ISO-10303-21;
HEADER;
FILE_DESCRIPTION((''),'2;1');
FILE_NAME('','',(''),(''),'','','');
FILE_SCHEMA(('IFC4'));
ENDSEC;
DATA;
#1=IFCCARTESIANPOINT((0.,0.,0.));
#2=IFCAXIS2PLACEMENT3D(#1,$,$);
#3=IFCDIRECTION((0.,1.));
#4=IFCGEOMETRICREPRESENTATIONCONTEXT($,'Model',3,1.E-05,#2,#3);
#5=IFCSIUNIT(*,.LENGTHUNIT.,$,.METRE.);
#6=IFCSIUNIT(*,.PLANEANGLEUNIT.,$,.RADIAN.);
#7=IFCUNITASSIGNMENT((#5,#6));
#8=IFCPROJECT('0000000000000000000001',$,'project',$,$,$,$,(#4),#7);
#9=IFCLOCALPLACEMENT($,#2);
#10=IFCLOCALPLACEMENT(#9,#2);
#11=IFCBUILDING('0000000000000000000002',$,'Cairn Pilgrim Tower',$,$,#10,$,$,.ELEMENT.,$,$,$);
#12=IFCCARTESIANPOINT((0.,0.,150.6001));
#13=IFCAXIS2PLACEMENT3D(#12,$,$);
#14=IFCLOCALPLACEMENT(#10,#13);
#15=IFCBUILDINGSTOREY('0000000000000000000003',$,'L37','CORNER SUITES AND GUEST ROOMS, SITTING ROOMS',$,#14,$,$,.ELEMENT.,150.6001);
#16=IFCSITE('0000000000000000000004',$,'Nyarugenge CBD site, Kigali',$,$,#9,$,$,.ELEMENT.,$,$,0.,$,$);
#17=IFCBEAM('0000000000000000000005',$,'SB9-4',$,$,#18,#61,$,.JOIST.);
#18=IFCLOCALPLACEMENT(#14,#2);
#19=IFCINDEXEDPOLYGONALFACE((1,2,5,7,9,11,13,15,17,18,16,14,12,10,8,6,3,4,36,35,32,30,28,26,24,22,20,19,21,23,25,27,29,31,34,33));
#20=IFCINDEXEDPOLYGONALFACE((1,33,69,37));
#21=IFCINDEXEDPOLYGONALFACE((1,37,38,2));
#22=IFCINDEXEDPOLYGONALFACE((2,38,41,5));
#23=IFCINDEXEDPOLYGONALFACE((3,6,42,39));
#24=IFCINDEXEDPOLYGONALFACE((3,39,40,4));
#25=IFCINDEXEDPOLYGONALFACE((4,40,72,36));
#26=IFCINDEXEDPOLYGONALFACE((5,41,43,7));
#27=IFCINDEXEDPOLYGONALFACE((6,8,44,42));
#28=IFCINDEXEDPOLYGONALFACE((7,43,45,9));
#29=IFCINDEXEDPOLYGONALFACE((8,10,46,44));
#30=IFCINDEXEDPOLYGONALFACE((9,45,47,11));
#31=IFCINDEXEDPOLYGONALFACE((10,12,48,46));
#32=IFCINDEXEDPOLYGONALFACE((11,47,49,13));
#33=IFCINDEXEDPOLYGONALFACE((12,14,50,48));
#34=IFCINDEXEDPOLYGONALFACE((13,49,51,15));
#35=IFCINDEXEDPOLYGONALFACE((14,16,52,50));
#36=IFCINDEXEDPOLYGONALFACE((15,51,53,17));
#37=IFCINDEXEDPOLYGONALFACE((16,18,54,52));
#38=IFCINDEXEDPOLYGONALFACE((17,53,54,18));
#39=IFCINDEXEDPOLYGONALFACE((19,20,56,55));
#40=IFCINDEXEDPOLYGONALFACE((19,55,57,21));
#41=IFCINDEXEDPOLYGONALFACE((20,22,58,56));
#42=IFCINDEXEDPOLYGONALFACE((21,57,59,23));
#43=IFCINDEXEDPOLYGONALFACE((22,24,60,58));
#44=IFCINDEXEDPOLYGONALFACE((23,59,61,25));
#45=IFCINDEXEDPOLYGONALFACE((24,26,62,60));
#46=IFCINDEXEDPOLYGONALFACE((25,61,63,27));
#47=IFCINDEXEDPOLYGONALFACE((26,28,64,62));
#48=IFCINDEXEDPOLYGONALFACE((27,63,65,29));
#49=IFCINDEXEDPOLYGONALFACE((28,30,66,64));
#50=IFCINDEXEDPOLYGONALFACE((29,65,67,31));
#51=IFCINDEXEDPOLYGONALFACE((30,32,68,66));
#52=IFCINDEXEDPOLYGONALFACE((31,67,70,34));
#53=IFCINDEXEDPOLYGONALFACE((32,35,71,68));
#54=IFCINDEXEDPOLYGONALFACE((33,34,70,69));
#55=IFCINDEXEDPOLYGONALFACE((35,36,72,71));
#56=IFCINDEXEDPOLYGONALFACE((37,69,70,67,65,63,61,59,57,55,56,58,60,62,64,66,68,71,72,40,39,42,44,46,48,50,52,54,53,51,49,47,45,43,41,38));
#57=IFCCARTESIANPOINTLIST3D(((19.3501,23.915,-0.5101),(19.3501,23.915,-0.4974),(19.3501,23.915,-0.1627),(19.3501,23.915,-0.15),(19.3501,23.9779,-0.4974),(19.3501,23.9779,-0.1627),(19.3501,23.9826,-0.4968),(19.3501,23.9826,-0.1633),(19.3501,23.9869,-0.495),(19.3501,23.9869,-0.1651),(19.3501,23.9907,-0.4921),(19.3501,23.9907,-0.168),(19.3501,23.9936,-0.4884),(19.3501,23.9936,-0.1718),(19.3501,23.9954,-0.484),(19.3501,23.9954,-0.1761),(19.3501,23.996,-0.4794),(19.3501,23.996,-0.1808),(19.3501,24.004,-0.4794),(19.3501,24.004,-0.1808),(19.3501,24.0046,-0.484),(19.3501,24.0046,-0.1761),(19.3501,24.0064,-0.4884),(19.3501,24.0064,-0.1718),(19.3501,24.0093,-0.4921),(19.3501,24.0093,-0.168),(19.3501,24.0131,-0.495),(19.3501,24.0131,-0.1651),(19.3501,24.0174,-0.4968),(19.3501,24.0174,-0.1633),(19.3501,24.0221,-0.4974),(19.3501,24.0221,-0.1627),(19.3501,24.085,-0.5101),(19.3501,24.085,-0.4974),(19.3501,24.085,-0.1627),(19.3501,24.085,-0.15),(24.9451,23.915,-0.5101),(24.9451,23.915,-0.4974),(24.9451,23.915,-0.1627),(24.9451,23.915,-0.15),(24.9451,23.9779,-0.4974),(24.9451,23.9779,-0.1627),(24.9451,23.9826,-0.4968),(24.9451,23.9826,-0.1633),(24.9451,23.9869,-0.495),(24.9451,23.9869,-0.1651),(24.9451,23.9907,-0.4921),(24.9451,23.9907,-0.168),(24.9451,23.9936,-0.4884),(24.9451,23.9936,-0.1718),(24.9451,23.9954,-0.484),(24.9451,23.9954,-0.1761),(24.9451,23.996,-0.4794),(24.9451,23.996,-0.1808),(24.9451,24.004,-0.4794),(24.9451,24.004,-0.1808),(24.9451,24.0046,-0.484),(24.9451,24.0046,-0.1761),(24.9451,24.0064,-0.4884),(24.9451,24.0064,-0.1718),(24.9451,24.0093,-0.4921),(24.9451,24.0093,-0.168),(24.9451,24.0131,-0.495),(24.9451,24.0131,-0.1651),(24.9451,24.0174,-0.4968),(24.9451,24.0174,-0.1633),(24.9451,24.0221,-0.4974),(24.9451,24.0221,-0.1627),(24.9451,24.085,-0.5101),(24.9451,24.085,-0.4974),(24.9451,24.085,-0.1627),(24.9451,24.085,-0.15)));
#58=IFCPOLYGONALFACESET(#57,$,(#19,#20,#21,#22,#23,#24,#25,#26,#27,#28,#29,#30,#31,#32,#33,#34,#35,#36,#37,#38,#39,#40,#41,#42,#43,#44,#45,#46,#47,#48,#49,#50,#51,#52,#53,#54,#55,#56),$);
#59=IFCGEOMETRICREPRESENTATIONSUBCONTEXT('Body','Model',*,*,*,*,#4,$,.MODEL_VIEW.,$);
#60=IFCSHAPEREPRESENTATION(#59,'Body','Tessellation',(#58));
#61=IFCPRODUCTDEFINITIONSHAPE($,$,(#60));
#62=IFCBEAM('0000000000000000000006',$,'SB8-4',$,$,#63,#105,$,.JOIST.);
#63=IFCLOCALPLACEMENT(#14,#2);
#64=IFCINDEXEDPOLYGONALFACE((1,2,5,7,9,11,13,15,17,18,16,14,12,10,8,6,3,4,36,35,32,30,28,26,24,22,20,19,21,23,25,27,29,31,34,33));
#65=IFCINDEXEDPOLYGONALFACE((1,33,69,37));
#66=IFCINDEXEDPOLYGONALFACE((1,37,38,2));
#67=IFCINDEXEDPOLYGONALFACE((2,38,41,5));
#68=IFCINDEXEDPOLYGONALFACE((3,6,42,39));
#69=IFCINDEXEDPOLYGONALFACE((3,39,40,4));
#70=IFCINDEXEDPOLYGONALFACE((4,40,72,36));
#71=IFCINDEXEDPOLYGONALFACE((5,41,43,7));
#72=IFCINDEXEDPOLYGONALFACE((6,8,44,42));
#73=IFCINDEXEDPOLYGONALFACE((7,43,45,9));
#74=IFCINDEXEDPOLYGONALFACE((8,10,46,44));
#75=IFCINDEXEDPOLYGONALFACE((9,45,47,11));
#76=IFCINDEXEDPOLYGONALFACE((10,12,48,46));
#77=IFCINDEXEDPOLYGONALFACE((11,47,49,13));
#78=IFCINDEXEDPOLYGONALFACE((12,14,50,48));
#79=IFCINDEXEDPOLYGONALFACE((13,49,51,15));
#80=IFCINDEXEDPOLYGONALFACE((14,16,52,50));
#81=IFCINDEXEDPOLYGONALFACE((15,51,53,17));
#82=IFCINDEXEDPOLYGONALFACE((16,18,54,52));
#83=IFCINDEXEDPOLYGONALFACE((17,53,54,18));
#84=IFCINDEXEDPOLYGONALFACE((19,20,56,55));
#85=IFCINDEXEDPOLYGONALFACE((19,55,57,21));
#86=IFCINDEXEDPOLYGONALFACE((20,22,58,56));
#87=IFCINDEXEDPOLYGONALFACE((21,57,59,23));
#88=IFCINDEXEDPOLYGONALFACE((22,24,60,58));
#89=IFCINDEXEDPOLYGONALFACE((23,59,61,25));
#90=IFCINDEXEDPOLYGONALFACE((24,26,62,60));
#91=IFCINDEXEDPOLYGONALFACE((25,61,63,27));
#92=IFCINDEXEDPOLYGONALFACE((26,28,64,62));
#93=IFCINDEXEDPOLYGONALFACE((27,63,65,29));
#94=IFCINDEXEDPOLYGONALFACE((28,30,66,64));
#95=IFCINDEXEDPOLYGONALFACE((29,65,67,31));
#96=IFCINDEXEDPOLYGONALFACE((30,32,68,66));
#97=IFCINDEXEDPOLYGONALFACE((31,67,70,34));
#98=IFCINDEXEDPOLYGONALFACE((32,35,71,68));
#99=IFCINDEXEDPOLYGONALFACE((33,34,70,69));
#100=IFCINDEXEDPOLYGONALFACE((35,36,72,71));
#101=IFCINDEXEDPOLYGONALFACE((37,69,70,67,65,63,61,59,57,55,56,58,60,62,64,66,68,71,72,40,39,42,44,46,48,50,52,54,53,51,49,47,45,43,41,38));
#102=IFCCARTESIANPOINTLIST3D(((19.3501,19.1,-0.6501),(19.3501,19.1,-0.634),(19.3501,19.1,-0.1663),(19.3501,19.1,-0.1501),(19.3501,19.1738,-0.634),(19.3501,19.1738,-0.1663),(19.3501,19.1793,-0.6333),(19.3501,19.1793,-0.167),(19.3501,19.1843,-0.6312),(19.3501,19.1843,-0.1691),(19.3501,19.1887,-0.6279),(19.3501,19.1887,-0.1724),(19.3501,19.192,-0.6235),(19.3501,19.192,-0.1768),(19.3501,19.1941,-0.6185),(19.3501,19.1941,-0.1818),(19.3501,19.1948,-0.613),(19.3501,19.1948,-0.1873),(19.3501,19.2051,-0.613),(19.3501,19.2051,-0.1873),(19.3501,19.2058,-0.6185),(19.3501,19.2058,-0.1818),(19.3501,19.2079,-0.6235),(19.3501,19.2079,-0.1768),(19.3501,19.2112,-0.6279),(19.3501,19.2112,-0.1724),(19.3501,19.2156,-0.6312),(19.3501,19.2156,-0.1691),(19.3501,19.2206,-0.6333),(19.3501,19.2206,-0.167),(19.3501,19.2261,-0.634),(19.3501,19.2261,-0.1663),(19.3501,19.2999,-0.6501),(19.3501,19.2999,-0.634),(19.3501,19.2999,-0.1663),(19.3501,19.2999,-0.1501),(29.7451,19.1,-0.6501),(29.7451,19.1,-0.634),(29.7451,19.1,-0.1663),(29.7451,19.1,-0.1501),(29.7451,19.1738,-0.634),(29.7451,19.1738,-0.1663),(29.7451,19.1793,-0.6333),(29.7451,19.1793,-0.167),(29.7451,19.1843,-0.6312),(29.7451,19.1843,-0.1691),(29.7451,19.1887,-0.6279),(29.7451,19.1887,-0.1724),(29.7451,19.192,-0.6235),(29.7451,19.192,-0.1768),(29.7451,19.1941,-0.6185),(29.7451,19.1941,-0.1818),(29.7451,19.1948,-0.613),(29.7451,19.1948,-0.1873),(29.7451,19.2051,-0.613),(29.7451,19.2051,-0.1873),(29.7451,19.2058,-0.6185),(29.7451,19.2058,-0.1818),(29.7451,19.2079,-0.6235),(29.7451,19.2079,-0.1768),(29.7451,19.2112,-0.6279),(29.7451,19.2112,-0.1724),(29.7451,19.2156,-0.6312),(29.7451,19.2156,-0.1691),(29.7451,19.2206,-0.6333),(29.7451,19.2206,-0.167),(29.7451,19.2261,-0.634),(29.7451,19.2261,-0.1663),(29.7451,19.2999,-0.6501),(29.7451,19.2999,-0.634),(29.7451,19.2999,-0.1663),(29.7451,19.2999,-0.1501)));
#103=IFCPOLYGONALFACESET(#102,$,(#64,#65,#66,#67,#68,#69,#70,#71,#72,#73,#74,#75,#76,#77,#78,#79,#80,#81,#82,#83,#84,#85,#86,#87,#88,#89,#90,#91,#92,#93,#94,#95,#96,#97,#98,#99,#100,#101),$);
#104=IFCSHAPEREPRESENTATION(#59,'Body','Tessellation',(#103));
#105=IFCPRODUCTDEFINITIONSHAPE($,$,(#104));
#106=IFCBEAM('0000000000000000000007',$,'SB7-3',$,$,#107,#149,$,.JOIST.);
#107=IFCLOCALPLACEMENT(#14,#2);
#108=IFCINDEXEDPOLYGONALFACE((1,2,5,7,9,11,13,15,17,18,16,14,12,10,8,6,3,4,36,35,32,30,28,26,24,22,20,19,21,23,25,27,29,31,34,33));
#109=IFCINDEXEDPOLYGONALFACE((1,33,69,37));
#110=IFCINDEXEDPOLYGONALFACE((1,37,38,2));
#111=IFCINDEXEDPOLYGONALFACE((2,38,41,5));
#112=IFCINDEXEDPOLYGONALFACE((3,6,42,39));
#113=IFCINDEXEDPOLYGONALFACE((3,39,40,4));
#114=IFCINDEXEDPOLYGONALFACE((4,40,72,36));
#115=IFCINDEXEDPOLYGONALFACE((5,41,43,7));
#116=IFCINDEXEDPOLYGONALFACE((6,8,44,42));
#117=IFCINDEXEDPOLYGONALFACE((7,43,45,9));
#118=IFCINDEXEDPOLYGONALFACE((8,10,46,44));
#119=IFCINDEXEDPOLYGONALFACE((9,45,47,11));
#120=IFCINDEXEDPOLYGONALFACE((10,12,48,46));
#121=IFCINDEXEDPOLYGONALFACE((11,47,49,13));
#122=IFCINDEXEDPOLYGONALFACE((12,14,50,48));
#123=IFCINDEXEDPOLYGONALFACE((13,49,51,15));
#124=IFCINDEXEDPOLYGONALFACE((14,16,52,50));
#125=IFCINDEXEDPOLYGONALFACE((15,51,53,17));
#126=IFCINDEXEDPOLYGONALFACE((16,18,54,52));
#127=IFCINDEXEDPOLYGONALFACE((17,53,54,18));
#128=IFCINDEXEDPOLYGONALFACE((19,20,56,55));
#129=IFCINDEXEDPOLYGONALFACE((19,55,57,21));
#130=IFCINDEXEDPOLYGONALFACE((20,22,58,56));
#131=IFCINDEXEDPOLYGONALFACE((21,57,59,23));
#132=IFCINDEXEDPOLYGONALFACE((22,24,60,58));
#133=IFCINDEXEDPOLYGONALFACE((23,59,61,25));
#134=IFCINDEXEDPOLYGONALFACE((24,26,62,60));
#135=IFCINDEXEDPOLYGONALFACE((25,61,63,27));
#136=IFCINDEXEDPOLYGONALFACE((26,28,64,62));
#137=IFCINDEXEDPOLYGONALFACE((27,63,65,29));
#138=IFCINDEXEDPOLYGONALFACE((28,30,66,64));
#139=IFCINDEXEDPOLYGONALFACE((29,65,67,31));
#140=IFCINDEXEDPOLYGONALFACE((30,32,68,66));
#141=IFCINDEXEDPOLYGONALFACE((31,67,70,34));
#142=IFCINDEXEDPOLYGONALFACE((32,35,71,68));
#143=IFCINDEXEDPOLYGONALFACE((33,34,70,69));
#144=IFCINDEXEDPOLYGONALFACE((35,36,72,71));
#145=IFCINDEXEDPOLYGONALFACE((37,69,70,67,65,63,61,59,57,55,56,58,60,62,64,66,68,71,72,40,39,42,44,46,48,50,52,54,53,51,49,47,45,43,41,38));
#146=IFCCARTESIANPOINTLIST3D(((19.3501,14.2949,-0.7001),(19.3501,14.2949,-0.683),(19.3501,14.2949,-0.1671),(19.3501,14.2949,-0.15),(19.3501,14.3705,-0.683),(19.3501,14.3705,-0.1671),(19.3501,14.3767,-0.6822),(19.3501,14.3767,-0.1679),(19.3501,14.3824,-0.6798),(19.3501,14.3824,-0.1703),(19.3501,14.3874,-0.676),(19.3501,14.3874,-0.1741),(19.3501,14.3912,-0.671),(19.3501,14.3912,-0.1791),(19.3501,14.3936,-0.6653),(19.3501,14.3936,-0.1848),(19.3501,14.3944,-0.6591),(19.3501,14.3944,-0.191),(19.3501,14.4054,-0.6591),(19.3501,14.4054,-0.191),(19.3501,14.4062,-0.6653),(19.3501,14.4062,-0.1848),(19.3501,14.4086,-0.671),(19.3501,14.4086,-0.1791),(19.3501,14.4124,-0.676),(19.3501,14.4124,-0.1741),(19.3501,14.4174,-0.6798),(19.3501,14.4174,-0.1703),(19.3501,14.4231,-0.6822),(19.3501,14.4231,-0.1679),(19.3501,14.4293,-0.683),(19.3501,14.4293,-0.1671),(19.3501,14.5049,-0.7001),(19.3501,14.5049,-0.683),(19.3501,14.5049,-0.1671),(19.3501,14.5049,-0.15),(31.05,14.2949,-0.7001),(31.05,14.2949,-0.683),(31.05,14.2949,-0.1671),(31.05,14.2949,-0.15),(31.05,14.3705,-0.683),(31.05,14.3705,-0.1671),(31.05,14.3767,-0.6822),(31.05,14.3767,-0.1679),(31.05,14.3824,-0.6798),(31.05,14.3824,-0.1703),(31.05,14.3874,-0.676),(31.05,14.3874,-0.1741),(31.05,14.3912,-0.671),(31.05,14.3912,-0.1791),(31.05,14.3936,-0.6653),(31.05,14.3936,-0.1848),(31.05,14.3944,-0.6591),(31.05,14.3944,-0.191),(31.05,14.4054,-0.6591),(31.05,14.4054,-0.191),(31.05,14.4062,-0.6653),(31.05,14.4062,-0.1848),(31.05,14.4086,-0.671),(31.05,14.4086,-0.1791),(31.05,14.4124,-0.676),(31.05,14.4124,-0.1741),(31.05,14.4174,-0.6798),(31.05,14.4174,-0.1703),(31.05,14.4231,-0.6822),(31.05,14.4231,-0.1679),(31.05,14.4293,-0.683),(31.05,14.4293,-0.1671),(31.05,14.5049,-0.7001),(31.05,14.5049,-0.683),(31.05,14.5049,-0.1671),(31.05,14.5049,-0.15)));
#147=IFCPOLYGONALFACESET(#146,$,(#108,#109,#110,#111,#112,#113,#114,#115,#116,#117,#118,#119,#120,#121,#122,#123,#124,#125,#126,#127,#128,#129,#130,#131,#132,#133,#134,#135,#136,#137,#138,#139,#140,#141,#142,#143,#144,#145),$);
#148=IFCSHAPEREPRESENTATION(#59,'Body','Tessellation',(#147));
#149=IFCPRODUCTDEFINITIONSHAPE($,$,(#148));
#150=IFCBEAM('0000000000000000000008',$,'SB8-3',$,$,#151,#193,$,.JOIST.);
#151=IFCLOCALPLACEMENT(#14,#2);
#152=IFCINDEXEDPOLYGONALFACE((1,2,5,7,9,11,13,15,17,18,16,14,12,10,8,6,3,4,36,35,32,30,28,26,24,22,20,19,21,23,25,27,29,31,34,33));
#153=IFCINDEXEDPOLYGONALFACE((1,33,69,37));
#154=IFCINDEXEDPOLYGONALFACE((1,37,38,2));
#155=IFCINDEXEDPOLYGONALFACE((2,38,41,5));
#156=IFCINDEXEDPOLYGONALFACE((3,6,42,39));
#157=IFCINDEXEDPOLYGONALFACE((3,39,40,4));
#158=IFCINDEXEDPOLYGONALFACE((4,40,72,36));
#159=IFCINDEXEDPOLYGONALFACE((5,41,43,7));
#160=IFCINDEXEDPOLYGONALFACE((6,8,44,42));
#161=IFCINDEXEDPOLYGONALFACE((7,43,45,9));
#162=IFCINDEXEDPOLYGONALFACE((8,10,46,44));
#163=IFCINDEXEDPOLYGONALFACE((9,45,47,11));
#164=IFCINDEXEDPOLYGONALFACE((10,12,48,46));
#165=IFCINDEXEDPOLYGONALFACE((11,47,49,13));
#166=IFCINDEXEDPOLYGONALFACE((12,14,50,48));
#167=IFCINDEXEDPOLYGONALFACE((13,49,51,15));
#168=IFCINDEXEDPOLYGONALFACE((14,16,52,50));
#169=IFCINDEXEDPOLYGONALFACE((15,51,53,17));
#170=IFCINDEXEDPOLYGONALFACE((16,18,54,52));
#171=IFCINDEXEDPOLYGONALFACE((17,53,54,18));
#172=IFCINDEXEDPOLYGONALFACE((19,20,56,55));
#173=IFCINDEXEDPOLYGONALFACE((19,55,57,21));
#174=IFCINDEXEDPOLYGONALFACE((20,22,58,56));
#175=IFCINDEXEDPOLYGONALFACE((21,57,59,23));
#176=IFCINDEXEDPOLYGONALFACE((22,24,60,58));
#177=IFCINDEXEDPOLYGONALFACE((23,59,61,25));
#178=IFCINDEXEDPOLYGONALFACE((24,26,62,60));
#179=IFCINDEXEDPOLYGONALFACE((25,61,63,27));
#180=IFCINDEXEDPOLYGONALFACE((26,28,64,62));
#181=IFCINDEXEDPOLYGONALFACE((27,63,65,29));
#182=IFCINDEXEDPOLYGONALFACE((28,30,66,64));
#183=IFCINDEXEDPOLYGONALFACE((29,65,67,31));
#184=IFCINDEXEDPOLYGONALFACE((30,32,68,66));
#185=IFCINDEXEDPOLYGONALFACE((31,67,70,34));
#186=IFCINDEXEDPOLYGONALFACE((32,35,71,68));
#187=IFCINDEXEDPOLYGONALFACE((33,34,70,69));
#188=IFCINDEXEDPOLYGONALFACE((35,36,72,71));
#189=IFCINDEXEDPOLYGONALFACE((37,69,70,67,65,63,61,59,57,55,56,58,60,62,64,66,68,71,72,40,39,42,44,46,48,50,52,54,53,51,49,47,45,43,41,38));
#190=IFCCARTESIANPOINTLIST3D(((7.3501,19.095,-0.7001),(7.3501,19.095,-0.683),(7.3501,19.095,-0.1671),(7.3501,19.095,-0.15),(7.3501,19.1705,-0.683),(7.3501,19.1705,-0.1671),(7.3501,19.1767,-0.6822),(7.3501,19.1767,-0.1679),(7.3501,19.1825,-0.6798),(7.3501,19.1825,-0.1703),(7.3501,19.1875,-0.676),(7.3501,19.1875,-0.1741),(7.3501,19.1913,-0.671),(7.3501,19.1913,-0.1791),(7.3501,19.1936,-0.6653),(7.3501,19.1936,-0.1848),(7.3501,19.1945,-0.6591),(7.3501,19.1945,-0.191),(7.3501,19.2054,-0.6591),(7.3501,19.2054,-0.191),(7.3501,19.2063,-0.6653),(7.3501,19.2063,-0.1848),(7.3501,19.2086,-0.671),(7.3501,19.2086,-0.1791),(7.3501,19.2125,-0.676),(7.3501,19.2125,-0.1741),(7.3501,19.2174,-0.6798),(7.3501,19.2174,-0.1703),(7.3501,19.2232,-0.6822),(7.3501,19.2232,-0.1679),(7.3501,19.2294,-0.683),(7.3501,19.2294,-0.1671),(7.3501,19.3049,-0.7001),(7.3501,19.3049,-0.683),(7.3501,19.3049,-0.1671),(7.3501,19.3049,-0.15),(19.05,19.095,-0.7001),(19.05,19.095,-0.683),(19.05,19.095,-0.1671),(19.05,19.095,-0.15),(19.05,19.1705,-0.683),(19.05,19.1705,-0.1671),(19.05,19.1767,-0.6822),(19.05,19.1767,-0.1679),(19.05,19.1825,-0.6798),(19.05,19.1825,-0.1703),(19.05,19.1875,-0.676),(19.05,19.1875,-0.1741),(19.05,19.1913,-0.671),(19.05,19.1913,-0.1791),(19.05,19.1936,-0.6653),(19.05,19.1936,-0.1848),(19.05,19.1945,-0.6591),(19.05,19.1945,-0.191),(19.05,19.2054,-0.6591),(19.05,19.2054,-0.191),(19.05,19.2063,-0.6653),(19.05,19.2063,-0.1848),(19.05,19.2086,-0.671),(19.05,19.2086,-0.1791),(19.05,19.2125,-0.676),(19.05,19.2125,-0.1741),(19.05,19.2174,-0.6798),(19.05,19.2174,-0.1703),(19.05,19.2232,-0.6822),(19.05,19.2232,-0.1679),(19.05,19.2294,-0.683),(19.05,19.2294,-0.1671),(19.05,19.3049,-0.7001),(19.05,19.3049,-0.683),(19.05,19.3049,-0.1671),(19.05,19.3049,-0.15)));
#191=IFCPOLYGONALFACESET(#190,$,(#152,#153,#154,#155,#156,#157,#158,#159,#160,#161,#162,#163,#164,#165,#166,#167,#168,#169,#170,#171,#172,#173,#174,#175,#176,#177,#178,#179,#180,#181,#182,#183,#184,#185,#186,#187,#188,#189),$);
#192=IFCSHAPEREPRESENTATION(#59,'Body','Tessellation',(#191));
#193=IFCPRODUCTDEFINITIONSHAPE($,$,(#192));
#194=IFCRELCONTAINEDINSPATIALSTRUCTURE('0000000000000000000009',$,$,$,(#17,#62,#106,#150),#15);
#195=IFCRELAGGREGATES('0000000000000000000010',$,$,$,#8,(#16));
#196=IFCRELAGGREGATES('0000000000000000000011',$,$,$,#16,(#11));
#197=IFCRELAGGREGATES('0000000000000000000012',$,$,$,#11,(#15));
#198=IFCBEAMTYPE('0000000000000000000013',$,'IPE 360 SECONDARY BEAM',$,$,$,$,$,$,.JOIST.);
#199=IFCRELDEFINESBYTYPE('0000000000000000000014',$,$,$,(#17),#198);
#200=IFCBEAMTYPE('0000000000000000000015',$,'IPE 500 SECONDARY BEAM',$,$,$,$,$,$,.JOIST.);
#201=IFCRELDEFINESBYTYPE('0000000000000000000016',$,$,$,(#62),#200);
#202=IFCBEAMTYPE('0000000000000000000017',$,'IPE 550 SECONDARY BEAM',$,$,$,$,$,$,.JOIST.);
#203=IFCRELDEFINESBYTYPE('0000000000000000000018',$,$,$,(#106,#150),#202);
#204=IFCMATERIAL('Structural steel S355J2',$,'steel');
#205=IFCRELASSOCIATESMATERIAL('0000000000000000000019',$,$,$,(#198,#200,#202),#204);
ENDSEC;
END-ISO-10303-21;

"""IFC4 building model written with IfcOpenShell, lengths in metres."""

from ifc_helpers import new_model, si_unit, direction, frame, origin, origin_2d, place, context, subcontext, project, spatial, i_section, extrude, material, material_profile, profile_set, type_object, element, save


model = new_model("IFC4")

# Units and contexts
model_context = context("Model", 3, precision=1e-05, world=origin(), true_north=direction((0.0, 1.0)))
body_context = subcontext(model_context, "Body", "Model", "MODEL_VIEW")
ifc_project = project(units=[si_unit("LENGTHUNIT", "METRE"), si_unit("PLANEANGLEUNIT", "RADIAN")], contexts=[model_context])

# Site, building, storey
site_placement = place(None, origin())
site = spatial("IfcSite", under=ifc_project, at=site_placement, Name="Nyarugenge CBD site, Kigali", CompositionType="ELEMENT", RefElevation=0.0)
building_placement = place(site_placement, origin())
building = spatial("IfcBuilding", under=site, at=building_placement, Name="Cairn Pilgrim Tower", CompositionType="ELEMENT")
storey_placement = place(building_placement, frame((0.0, 0.0, 150.6001)))
storey = spatial("IfcBuildingStorey", under=building, at=storey_placement, Name="L37", Description="CORNER SUITES AND GUEST ROOMS, SITTING ROOMS", CompositionType="ELEMENT", Elevation=150.6001)

# Shared definitions
ifc_material_1 = material(Name="Structural steel S355J2", Category="steel")

# Beams
ifc_material_profile_1 = material_profile(ifc_material_1, i_section(OverallWidth=0.1699, OverallDepth=0.3601, WebThickness=0.0081, FlangeThickness=0.0127, FilletRadius=0.0181, at=origin_2d()), Name="IPE 360")
ifc_profile_set_1 = profile_set([ifc_material_profile_1], Name="Structural steel S355J2")
beam_type_1 = type_object("IfcBeamType", Name="IPE 360 SECONDARY BEAM", PredefinedType="JOIST", material=ifc_profile_set_1)
beam_1_placement = place(storey_placement, frame((19.3501, 24.0, -0.3301), z_axis=(1.0, 0.0, 0.0), x_axis=(0.0, 1.0, 0.0)))
element("IfcBeam", 1, at=beam_1_placement, inside=storey, type_object=beam_type_1, Name="SB9-4", PredefinedType="JOIST", context=body_context, shape_type="SweptSolid", body=[
    extrude(i_section(OverallWidth=0.1699, OverallDepth=0.3601, WebThickness=0.0081, FlangeThickness=0.0127, FilletRadius=0.0181, at=origin_2d()), origin(), (0.0, 0.0, 1.0), 5.595),
])
ifc_material_profile_2 = material_profile(ifc_material_1, i_section(OverallWidth=0.2, OverallDepth=0.5, WebThickness=0.0103, FlangeThickness=0.0161, FilletRadius=0.021, at=origin_2d()), Name="IPE 500")
ifc_profile_set_2 = profile_set([ifc_material_profile_2], Name="Structural steel S355J2")
beam_type_2 = type_object("IfcBeamType", Name="IPE 500 SECONDARY BEAM", PredefinedType="JOIST", material=ifc_profile_set_2)
beam_2_placement = place(storey_placement, frame((19.3501, 19.2, -0.4001), z_axis=(1.0, 0.0, 0.0), x_axis=(0.0, 1.0, 0.0)))
element("IfcBeam", 2, at=beam_2_placement, inside=storey, type_object=beam_type_2, Name="SB8-4", PredefinedType="JOIST", context=body_context, shape_type="SweptSolid", body=[
    extrude(i_section(OverallWidth=0.2, OverallDepth=0.5, WebThickness=0.0103, FlangeThickness=0.0161, FilletRadius=0.021, at=origin_2d()), origin(), (0.0, 0.0, 1.0), 10.395),
])
ifc_material_profile_3 = material_profile(ifc_material_1, i_section(OverallWidth=0.21, OverallDepth=0.55, WebThickness=0.011, FlangeThickness=0.0171, FilletRadius=0.0239, at=origin_2d()), Name="IPE 550")
ifc_profile_set_3 = profile_set([ifc_material_profile_3], Name="Structural steel S355J2")
beam_type_3 = type_object("IfcBeamType", Name="IPE 550 SECONDARY BEAM", PredefinedType="JOIST", material=ifc_profile_set_3)
for number, where, z_axis, x_axis, name in (
    (3, (19.3501, 14.3999, -0.425), (1.0, 0.0, 0.0), (0.0, 1.0, 0.0), "SB7-3"),
    (4, (7.3501, 19.2, -0.425), (1.0, 0.0, 0.0), (0.0, 1.0, 0.0), "SB8-3"),
):
    element("IfcBeam", number, at=place(storey_placement, frame(where, z_axis=z_axis, x_axis=x_axis)), inside=storey, type_object=beam_type_3, Name=name, PredefinedType="JOIST", context=body_context, shape_type="SweptSolid", body=[
        extrude(i_section(OverallWidth=0.21, OverallDepth=0.55, WebThickness=0.011, FlangeThickness=0.0171, FilletRadius=0.0239, at=origin_2d()), origin(), (0.0, 0.0, 1.0), 11.7),
    ])

save(model, "model.ifc")
